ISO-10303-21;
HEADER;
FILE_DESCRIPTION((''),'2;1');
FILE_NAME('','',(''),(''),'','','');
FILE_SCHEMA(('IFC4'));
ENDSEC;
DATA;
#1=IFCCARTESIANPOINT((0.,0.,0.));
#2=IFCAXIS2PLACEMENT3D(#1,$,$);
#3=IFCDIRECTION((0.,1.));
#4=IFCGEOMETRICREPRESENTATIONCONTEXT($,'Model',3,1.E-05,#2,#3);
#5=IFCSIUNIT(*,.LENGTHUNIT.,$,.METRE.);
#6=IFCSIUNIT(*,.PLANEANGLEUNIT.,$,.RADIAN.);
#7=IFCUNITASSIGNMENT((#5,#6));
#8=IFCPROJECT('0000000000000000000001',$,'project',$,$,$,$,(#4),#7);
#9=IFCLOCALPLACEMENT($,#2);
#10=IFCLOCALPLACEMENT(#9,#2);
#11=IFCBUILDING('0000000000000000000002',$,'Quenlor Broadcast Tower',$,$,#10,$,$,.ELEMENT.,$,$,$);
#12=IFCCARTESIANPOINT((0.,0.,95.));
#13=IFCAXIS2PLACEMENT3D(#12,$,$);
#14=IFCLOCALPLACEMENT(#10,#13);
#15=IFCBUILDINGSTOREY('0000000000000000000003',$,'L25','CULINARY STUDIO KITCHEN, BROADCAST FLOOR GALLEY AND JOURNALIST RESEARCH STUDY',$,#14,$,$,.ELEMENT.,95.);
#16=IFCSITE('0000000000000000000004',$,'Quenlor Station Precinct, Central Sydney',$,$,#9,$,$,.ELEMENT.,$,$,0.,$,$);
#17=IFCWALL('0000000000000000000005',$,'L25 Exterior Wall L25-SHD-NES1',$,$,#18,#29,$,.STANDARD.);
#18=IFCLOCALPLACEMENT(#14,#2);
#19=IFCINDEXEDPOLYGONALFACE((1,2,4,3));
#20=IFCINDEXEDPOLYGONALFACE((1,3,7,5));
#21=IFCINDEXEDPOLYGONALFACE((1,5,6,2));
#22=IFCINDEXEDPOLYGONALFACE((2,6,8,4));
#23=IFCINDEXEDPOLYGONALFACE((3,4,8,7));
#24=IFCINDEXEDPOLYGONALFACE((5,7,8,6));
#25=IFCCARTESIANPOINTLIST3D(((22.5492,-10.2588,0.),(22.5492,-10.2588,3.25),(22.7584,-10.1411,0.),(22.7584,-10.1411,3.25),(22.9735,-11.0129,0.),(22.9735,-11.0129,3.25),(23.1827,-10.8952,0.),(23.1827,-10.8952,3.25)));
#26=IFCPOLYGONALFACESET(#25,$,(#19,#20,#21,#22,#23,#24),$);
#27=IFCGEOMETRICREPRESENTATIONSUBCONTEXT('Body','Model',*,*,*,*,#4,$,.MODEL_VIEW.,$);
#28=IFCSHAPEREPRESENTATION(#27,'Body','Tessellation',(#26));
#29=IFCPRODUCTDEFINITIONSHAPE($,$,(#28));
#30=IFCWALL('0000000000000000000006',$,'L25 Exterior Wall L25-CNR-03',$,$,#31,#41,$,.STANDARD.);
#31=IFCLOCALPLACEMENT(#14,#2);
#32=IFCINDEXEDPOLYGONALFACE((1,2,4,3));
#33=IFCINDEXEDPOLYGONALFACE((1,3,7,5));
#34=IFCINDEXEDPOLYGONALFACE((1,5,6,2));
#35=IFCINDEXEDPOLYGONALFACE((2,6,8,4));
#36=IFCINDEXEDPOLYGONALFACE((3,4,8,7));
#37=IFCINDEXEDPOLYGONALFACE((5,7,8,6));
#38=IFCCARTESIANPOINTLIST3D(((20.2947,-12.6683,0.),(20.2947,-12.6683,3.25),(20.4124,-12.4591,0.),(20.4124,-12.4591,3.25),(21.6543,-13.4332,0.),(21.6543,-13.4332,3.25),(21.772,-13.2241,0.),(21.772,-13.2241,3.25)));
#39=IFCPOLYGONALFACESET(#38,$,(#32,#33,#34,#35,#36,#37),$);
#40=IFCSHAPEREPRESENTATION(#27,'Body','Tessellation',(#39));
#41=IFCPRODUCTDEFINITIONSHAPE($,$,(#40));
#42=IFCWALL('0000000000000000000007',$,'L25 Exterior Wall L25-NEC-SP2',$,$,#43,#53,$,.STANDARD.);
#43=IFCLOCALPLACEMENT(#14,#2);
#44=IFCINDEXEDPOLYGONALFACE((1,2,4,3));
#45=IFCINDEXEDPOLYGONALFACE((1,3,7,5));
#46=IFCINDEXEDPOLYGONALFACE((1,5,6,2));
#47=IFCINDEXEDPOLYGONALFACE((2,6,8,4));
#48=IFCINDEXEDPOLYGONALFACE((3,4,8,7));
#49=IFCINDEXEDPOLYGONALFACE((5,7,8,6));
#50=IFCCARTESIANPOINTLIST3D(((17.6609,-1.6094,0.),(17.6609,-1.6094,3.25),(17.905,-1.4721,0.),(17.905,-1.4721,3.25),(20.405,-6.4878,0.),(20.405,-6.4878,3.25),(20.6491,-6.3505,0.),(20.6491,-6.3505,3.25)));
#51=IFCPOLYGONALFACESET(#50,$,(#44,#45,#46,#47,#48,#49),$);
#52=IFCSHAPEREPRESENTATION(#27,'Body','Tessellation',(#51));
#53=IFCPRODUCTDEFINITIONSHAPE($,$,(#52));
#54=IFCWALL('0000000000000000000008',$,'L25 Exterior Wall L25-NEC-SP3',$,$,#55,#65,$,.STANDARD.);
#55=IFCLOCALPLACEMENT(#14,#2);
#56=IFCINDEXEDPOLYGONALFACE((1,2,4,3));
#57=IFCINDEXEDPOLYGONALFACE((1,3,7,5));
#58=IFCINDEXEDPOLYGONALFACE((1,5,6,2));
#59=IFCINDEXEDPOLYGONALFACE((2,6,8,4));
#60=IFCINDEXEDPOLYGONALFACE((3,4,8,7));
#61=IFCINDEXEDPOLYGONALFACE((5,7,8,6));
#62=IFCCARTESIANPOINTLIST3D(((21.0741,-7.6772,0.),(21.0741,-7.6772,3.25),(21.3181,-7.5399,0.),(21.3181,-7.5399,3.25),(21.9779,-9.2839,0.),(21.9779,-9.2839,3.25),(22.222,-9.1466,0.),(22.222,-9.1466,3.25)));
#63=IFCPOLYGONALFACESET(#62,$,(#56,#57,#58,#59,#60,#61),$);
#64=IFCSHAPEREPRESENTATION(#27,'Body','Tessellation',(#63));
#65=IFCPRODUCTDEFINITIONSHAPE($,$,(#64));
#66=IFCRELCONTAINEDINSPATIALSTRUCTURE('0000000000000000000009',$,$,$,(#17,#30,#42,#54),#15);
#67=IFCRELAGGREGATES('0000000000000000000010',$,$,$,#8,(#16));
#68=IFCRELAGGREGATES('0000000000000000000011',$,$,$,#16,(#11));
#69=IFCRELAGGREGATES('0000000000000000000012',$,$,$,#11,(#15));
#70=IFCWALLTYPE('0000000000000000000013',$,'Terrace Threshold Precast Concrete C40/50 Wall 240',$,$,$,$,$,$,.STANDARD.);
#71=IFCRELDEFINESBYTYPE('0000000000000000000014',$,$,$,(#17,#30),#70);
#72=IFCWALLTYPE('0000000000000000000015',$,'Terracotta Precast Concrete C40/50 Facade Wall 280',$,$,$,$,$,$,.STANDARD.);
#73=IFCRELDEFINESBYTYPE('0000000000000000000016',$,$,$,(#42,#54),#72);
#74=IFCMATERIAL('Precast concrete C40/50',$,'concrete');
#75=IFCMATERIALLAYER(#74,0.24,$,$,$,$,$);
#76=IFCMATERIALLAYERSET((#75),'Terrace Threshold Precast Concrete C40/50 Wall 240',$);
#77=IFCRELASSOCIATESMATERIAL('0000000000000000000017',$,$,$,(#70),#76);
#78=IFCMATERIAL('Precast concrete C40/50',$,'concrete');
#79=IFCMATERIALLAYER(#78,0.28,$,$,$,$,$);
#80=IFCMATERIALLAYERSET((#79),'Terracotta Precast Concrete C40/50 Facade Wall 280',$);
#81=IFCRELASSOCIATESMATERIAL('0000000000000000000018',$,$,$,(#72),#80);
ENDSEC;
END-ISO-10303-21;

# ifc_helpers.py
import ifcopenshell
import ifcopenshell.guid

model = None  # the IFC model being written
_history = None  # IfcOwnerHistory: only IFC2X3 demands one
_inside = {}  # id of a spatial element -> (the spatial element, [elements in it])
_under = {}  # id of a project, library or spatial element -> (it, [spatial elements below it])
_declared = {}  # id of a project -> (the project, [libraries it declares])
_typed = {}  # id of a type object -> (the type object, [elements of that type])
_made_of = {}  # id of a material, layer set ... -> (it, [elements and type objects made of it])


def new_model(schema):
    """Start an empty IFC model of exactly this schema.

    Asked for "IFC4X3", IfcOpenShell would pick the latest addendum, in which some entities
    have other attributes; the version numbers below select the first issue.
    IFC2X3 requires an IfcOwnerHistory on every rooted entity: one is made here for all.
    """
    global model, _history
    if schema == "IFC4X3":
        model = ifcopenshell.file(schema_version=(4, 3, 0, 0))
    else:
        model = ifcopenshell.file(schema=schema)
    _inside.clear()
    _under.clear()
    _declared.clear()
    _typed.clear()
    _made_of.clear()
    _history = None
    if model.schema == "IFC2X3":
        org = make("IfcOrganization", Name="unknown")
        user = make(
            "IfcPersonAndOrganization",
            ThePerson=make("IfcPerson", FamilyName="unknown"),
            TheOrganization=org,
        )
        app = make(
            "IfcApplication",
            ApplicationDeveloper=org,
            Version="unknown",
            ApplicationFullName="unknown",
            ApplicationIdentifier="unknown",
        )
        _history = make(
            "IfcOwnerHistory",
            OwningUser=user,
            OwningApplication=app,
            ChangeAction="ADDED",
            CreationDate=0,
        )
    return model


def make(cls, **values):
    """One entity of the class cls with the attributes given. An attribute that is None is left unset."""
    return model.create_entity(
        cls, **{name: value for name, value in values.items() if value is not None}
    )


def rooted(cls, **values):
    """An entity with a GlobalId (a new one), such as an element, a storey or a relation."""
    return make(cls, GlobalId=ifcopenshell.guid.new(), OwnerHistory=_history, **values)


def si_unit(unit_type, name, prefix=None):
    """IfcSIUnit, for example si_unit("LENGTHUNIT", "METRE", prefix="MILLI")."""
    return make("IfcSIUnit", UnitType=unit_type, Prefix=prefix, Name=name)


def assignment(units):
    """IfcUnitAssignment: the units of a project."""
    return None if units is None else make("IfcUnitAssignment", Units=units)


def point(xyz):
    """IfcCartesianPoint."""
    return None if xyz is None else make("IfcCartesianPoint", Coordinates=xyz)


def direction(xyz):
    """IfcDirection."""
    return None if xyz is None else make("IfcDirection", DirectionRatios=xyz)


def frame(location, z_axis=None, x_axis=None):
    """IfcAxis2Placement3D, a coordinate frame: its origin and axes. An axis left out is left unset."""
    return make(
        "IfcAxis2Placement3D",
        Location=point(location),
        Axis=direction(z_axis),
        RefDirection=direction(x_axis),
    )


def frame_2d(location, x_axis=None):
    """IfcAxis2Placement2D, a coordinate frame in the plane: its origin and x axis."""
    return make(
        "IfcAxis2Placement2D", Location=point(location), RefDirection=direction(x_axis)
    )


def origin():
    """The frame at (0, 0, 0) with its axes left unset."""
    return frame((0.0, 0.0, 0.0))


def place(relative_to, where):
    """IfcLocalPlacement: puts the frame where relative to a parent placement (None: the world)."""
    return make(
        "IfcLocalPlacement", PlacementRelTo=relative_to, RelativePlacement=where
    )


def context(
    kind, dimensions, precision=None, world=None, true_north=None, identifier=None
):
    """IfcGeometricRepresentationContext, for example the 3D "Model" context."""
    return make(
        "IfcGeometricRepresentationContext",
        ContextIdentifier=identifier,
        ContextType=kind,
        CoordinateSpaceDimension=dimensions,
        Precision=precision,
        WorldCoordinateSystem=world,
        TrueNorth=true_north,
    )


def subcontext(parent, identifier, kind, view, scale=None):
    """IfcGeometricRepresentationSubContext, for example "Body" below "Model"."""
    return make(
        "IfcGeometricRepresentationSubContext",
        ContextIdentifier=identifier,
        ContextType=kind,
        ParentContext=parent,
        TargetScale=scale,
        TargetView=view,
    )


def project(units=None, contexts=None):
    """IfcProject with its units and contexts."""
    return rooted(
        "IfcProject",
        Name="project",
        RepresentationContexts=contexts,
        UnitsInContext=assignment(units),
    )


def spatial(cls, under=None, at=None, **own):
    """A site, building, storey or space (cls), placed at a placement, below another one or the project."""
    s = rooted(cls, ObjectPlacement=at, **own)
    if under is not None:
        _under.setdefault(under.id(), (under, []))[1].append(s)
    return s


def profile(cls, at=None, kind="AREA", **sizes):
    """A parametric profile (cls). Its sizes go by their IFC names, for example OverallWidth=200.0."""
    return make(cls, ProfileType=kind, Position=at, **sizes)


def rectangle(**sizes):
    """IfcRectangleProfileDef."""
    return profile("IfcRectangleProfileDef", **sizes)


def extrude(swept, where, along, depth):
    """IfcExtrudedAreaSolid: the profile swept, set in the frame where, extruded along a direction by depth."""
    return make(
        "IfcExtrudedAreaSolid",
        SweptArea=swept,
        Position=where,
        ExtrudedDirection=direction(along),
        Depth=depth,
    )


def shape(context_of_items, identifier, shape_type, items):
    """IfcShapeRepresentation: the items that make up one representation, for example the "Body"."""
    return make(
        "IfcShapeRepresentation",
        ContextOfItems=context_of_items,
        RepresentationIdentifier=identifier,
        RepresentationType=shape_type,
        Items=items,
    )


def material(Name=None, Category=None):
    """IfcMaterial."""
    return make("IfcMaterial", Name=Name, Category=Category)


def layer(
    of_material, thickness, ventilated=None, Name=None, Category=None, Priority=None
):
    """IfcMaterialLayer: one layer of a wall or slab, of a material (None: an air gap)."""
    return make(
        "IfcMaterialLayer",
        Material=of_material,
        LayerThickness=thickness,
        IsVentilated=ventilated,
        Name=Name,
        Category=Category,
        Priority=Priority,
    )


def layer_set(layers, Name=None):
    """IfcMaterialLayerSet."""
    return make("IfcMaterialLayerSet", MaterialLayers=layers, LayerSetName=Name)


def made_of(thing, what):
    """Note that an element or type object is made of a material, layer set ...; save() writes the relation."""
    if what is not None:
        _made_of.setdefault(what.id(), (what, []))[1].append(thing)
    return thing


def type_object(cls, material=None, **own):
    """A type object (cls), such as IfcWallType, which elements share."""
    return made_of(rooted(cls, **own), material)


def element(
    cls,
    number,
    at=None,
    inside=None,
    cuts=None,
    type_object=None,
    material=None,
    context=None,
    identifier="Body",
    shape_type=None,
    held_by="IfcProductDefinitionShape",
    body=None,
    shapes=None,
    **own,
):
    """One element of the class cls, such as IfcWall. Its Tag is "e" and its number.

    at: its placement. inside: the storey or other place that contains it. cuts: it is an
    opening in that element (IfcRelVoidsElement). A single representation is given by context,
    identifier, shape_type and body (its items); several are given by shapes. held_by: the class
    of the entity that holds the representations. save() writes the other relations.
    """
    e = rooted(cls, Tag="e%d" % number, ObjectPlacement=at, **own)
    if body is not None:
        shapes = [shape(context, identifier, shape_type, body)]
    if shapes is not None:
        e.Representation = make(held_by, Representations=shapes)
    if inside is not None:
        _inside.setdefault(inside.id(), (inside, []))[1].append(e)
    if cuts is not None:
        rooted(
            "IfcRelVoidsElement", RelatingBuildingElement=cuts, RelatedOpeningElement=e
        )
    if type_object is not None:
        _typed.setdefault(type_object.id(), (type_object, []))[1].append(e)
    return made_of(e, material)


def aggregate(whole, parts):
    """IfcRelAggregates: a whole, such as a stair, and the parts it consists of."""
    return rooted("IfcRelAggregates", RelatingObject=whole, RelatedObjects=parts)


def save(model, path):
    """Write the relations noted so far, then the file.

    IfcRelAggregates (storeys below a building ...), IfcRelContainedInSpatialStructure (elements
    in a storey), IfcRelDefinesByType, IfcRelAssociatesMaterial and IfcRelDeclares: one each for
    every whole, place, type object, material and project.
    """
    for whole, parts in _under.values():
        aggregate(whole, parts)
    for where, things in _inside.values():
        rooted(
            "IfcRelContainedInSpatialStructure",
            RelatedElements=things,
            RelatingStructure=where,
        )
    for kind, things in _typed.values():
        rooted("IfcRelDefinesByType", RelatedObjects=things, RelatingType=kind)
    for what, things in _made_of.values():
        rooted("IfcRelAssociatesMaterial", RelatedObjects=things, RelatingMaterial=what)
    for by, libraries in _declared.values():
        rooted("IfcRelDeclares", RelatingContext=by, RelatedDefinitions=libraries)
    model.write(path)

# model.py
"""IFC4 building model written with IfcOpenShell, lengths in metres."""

from ifc_helpers import new_model, si_unit, direction, frame, frame_2d, origin, place, context, subcontext, project, spatial, rectangle, extrude, material, layer, layer_set, type_object, element, save


model = new_model("IFC4")

# Units and contexts
model_context = context("Model", 3, precision=1e-05, world=origin(), true_north=direction((0.0, 1.0)))
body_context = subcontext(model_context, "Body", "Model", "MODEL_VIEW")
ifc_project = project(units=[si_unit("LENGTHUNIT", "METRE"), si_unit("PLANEANGLEUNIT", "RADIAN")], contexts=[model_context])

# Site, building, storey
site_placement = place(None, origin())
site = spatial("IfcSite", under=ifc_project, at=site_placement, Name="Quenlor Station Precinct, Central Sydney", CompositionType="ELEMENT", RefElevation=0.0)
building_placement = place(site_placement, origin())
building = spatial("IfcBuilding", under=site, at=building_placement, Name="Quenlor Broadcast Tower", CompositionType="ELEMENT")
storey_placement = place(building_placement, frame((0.0, 0.0, 95.0)))
storey = spatial("IfcBuildingStorey", under=building, at=storey_placement, Name="L25", Description="CULINARY STUDIO KITCHEN, BROADCAST FLOOR GALLEY AND JOURNALIST RESEARCH STUDY", CompositionType="ELEMENT", Elevation=95.0)

# Walls
ifc_material_1 = material(Name="Precast concrete C40/50", Category="concrete")
ifc_layer_1 = layer(ifc_material_1, 0.24)
ifc_layer_set_1 = layer_set([ifc_layer_1], Name="Terrace Threshold Precast Concrete C40/50 Wall 240")
wall_type_1 = type_object("IfcWallType", Name="Terrace Threshold Precast Concrete C40/50 Wall 240", PredefinedType="STANDARD", material=ifc_layer_set_1)
wall_1_placement = place(storey_placement, frame((22.6538, -10.2, 0.0), z_axis=(0.0, 0.0, 1.0), x_axis=(0.490355, -0.871523, 0.0)))
element("IfcWall", 1, at=wall_1_placement, inside=storey, type_object=wall_type_1, Name="L25 Exterior Wall L25-SHD-NES1", PredefinedType="STANDARD", context=body_context, shape_type="SweptSolid", body=[
    extrude(rectangle(XDim=0.8652, YDim=0.24, at=frame_2d((0.4326, 0.0))), origin(), (0.0, 0.0, 1.0), 3.25),
])
wall_2_placement = place(storey_placement, frame((20.3535, -12.5637, 0.0), z_axis=(0.0, 0.0, 1.0), x_axis=(0.871546, -0.490313, 0.0)))
element("IfcWall", 2, at=wall_2_placement, inside=storey, type_object=wall_type_1, Name="L25 Exterior Wall L25-CNR-03", PredefinedType="STANDARD", context=body_context, shape_type="SweptSolid", body=[
    extrude(rectangle(XDim=1.5601, YDim=0.24, at=frame_2d((0.78, 0.0))), origin(), (0.0, 0.0, 1.0), 3.25),
])
ifc_material_2 = material(Name="Precast concrete C40/50", Category="concrete")
ifc_layer_2 = layer(ifc_material_2, 0.28)
ifc_layer_set_2 = layer_set([ifc_layer_2], Name="Terracotta Precast Concrete C40/50 Facade Wall 280")
wall_type_2 = type_object("IfcWallType", Name="Terracotta Precast Concrete C40/50 Facade Wall 280", PredefinedType="STANDARD", material=ifc_layer_set_2)
wall_3_placement = place(storey_placement, frame((17.783, -1.5408, 0.0), z_axis=(0.0, 0.0, 1.0), x_axis=(0.490265, -0.871573, 0.0)))
element("IfcWall", 3, at=wall_3_placement, inside=storey, type_object=wall_type_2, Name="L25 Exterior Wall L25-NEC-SP2", PredefinedType="STANDARD", context=body_context, shape_type="SweptSolid", body=[
    extrude(rectangle(XDim=5.5972, YDim=0.28, at=frame_2d((2.7986, 0.0))), origin(), (0.0, 0.0, 1.0), 3.25),
])
wall_4_placement = place(storey_placement, frame((21.196, -7.6084, 0.0), z_axis=(0.0, 0.0, 1.0), x_axis=(0.49028, -0.871565, 0.0)))
element("IfcWall", 4, at=wall_4_placement, inside=storey, type_object=wall_type_2, Name="L25 Exterior Wall L25-NEC-SP3", PredefinedType="STANDARD", context=body_context, shape_type="SweptSolid", body=[
    extrude(rectangle(XDim=1.8435, YDim=0.28, at=frame_2d((0.9219, 0.0))), origin(), (0.0, 0.0, 1.0), 3.25),
])

save(model, "model.ifc")
